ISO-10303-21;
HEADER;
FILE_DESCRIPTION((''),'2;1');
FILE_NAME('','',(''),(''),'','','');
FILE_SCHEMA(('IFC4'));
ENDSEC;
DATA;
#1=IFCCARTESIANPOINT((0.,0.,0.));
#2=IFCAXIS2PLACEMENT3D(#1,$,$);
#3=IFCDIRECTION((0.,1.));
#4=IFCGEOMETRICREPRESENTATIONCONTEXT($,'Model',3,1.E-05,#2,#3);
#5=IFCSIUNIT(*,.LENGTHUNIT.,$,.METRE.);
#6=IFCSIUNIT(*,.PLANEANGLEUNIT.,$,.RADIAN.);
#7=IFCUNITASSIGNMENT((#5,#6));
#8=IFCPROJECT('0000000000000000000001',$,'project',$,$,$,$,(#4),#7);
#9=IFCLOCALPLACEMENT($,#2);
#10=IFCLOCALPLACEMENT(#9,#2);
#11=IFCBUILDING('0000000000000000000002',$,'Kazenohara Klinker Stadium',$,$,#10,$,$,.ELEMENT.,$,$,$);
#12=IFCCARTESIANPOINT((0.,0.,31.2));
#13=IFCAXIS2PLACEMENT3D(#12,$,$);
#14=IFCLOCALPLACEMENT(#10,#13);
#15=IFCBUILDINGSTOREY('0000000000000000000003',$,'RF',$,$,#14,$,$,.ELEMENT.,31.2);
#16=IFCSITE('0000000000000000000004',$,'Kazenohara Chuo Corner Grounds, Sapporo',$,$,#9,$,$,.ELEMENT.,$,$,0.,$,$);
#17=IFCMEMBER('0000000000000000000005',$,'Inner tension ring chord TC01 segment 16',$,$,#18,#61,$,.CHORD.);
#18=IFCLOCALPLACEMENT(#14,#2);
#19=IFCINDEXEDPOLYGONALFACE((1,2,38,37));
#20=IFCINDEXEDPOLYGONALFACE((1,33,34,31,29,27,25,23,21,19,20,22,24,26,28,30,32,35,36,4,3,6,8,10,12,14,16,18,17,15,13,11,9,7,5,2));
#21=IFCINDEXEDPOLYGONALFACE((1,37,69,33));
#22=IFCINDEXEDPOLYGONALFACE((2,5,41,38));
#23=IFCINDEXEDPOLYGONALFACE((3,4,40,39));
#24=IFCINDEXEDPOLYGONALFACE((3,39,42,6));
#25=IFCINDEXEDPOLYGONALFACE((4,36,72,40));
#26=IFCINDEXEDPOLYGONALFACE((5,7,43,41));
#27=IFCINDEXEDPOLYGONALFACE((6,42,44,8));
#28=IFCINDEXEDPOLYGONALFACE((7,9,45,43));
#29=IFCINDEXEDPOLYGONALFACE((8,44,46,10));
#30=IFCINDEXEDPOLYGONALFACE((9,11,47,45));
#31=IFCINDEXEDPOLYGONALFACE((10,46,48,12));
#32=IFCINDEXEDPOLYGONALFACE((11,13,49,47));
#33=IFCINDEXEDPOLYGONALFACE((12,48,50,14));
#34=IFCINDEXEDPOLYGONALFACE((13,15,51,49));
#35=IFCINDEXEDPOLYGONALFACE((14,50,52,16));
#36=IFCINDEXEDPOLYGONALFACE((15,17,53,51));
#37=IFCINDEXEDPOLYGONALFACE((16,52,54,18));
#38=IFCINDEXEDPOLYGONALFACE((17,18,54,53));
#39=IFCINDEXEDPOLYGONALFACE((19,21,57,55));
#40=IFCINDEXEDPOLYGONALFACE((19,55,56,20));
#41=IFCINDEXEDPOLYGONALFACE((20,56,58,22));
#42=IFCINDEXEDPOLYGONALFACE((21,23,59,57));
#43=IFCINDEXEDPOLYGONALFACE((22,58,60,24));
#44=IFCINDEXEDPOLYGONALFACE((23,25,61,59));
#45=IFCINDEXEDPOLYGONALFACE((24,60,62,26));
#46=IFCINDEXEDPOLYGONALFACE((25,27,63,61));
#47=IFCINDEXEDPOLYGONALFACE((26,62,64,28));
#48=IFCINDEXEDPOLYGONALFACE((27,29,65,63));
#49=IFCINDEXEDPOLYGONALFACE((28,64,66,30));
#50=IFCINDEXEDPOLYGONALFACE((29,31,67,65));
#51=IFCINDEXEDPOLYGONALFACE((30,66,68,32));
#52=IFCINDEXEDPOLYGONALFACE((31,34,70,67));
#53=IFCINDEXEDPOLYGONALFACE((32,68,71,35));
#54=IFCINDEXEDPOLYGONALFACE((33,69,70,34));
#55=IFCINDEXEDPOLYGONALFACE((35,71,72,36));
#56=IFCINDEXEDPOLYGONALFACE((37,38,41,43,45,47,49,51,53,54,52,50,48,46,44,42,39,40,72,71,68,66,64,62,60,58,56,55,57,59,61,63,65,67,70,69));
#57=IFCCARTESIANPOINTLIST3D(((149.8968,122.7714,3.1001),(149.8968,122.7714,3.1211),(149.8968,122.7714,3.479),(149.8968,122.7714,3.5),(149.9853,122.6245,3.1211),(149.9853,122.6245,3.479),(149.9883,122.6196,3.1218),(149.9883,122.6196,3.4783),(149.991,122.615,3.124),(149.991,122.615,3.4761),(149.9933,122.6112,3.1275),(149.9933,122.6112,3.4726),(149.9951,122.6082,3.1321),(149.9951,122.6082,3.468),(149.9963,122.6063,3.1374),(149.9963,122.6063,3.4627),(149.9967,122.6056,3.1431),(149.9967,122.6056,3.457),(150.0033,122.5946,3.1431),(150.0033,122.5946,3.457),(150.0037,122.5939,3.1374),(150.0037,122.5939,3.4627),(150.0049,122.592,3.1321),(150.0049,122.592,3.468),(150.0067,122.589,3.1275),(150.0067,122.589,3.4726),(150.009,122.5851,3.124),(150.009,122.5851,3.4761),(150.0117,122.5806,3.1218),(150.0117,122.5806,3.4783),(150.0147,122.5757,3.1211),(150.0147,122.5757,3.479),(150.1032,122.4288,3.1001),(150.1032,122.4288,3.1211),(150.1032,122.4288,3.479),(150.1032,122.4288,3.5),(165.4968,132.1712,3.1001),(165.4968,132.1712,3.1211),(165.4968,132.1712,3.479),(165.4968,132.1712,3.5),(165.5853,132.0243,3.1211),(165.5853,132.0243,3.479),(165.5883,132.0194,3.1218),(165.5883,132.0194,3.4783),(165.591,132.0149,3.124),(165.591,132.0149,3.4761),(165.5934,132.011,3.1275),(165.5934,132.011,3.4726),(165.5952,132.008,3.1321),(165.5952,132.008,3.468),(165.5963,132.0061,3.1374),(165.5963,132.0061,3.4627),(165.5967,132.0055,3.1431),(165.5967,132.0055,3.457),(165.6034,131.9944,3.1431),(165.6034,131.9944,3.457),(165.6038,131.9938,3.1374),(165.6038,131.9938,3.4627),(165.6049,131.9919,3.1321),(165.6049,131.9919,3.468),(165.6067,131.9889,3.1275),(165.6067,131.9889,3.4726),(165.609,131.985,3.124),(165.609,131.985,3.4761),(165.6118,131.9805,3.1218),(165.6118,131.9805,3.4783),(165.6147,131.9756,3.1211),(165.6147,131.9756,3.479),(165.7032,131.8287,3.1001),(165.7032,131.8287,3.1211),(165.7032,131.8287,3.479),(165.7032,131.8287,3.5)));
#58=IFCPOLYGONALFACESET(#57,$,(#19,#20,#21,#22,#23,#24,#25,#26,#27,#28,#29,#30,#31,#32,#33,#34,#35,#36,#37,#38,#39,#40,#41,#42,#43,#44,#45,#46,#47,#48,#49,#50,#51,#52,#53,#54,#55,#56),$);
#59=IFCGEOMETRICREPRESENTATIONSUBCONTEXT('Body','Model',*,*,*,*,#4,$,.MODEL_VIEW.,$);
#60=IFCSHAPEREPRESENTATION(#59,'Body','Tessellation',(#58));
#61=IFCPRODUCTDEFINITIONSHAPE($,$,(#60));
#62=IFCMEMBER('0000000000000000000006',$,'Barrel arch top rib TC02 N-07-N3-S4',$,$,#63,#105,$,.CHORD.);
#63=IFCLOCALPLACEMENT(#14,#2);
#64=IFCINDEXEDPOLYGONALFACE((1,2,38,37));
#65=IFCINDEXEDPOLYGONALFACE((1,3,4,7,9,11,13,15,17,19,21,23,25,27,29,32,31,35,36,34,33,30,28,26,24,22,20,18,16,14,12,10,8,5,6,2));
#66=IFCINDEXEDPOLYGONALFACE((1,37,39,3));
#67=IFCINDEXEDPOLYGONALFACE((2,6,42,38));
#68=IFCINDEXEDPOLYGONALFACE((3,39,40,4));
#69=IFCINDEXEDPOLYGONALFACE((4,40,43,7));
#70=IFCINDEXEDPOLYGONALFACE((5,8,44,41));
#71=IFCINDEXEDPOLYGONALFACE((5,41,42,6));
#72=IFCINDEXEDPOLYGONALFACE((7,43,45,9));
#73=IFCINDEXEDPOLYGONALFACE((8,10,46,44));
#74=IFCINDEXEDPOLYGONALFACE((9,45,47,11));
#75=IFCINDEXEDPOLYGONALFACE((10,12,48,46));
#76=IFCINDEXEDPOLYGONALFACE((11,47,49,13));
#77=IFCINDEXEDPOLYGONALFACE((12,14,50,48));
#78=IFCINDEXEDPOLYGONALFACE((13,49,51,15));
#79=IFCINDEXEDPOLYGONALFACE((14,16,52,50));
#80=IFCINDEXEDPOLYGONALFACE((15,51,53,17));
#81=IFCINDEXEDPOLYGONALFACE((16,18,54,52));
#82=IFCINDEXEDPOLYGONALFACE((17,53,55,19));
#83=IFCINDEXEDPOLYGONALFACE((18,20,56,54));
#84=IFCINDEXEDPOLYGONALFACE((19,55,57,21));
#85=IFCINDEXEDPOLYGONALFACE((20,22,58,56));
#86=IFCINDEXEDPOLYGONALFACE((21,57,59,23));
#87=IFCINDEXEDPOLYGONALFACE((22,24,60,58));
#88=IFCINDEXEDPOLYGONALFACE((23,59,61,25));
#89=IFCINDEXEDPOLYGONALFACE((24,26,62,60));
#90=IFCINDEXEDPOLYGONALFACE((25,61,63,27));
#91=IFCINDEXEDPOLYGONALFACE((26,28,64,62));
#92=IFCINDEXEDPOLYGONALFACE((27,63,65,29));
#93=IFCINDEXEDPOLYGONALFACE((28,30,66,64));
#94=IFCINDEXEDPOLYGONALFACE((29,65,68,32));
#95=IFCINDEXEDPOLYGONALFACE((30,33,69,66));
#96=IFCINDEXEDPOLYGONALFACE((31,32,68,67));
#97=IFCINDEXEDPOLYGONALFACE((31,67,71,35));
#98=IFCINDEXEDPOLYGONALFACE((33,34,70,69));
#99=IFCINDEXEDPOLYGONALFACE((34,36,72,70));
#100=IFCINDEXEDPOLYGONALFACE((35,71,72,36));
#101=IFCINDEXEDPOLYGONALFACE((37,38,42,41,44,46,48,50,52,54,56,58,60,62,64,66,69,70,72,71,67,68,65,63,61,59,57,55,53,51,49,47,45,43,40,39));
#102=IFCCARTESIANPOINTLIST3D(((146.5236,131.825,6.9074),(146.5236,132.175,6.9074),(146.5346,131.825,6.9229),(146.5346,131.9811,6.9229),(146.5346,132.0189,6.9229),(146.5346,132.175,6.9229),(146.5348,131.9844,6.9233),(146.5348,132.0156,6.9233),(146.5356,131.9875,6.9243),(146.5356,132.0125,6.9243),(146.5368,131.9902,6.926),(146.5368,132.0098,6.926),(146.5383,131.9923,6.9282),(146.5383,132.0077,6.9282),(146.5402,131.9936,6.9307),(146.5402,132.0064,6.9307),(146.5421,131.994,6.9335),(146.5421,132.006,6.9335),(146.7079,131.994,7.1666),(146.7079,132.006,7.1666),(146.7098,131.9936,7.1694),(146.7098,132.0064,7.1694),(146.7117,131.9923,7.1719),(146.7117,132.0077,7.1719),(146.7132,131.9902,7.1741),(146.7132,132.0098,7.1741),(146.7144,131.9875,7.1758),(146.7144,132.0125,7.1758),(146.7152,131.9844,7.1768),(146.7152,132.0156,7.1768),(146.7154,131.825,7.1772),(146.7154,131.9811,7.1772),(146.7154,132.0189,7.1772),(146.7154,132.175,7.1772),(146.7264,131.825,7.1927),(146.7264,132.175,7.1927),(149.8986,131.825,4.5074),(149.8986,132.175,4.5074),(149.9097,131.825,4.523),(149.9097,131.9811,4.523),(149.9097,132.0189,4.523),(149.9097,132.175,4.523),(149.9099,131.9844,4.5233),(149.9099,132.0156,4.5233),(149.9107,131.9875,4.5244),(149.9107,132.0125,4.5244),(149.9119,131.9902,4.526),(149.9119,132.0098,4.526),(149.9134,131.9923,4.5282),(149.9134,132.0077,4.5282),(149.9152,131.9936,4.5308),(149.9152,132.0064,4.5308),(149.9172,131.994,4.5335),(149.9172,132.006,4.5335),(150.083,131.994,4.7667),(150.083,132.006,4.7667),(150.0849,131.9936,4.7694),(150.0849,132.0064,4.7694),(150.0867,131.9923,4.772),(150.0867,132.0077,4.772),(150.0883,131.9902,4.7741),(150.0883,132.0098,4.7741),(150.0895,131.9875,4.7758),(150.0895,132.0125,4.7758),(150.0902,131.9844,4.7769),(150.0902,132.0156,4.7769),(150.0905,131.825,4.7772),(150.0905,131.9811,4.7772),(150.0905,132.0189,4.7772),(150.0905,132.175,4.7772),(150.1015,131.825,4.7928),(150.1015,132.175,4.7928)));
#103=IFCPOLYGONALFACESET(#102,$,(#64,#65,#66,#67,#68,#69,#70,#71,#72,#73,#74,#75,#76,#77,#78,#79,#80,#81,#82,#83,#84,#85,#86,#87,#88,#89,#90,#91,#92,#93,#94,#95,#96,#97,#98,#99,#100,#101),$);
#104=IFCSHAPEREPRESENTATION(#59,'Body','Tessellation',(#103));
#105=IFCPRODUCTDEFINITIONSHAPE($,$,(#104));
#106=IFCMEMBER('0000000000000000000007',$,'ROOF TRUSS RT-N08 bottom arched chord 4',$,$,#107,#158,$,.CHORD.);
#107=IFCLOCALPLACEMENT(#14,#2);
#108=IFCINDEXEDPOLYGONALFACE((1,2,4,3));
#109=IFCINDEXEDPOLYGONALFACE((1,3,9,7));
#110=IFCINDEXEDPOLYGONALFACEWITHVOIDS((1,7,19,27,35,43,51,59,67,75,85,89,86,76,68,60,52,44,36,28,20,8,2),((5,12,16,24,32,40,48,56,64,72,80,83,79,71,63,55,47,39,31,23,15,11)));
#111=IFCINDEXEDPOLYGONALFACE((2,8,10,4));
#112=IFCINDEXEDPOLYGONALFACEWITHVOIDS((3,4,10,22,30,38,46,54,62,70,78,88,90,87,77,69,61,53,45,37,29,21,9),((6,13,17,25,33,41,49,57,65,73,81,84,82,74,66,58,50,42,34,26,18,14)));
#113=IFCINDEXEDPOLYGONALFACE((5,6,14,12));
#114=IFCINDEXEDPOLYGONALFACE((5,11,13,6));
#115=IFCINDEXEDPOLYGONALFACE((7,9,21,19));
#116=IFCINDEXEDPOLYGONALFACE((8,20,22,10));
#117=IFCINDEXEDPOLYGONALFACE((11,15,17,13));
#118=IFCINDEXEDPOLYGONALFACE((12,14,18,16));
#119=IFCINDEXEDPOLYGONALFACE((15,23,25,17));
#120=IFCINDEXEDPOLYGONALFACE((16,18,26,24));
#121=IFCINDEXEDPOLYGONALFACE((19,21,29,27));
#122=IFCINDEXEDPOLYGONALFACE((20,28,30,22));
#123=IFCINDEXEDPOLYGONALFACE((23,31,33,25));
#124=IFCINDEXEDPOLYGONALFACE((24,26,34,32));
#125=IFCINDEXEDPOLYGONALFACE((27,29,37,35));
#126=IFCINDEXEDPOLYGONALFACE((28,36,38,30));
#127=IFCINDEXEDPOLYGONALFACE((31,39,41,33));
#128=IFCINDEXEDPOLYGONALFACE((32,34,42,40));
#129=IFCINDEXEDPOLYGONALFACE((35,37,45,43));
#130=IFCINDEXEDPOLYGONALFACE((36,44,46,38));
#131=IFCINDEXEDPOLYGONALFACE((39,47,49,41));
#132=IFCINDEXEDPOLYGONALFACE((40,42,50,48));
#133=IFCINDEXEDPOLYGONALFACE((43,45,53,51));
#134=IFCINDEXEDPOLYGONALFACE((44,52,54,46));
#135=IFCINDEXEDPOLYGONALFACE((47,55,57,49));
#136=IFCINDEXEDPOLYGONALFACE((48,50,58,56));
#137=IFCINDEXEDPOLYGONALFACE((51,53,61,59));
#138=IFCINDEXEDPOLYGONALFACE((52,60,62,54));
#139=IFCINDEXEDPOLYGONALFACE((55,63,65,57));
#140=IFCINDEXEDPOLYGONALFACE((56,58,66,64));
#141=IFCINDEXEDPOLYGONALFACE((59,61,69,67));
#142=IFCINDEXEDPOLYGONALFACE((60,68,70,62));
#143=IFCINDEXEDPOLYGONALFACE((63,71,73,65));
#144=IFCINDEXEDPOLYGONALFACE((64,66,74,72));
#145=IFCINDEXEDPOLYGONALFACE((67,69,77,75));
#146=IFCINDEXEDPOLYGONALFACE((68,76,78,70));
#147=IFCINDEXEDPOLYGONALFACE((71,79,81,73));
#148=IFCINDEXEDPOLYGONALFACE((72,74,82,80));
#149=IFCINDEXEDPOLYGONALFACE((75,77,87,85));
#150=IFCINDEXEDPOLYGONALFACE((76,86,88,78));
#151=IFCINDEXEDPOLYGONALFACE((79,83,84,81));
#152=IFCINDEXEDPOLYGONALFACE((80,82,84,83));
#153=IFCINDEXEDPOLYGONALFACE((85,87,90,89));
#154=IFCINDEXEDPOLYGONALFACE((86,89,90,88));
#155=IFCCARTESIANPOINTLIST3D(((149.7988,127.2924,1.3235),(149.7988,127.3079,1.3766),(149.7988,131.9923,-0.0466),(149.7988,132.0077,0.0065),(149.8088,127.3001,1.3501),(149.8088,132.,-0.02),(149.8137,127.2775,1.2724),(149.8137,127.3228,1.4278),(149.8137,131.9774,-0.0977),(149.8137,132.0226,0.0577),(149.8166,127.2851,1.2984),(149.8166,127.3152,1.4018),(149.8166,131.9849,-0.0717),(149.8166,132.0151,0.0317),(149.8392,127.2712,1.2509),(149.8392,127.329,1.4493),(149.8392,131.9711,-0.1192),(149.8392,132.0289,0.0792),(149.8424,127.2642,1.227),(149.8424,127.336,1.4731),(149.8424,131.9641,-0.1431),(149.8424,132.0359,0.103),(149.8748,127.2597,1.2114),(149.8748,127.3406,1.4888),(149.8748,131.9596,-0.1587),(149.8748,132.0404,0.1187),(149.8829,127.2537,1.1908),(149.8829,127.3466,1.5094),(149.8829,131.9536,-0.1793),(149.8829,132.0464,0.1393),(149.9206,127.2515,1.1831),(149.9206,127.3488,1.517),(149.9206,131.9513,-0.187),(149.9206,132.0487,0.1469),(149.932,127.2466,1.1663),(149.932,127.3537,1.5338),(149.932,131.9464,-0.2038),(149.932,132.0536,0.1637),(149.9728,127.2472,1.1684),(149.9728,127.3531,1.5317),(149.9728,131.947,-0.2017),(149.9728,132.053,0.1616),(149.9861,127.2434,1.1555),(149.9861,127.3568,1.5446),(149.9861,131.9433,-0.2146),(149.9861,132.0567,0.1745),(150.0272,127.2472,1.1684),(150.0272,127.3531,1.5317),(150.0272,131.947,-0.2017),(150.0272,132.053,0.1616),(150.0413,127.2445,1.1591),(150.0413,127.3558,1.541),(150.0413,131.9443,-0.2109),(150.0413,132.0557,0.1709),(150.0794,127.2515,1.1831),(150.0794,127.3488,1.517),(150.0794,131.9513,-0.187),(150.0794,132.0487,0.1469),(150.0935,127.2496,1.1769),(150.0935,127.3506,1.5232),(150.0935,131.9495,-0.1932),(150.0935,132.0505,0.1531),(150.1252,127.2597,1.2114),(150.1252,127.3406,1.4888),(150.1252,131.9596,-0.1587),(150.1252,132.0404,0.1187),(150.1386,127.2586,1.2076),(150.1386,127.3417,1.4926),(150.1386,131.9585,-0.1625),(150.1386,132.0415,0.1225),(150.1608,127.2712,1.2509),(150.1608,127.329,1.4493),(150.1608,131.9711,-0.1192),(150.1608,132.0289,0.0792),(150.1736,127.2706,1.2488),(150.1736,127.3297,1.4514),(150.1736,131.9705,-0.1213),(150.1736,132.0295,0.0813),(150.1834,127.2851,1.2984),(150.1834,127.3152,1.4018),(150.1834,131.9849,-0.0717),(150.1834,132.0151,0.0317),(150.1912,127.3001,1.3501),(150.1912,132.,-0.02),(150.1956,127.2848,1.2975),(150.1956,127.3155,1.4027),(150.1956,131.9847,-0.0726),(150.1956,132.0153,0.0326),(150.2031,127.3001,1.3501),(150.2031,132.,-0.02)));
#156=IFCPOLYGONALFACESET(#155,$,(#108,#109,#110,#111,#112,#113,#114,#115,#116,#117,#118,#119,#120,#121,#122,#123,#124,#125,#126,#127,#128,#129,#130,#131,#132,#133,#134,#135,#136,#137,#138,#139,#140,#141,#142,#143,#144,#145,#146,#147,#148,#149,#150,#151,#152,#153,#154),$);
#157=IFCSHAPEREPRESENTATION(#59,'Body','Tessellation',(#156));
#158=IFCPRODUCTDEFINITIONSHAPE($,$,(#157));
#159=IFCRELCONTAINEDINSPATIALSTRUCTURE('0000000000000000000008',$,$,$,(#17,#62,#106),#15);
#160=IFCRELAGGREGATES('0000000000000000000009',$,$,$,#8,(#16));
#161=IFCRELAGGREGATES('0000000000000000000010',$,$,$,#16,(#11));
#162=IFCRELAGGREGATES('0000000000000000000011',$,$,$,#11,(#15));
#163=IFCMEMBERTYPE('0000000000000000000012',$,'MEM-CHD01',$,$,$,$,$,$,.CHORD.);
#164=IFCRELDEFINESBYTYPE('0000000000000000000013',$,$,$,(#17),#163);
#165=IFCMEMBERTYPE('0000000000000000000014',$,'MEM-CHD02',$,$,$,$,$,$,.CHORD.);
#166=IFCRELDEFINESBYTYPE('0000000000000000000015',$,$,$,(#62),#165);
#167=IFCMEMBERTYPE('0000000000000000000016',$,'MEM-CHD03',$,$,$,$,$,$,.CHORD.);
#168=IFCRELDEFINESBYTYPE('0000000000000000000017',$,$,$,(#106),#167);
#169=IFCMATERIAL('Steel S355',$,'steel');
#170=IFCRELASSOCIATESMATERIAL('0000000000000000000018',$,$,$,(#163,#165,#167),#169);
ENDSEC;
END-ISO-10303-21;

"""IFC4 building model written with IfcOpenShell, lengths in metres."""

from ifc_helpers import new_model, si_unit, direction, frame, origin, origin_2d, place, context, subcontext, project, spatial, hollow_circle, i_section, extrude, material, material_profile, profile_set, type_object, element, save


model = new_model("IFC4")

# Units and contexts
model_context = context("Model", 3, precision=1e-05, world=origin(), true_north=direction((0.0, 1.0)))
body_context = subcontext(model_context, "Body", "Model", "MODEL_VIEW")
ifc_project = project(units=[si_unit("LENGTHUNIT", "METRE"), si_unit("PLANEANGLEUNIT", "RADIAN")], contexts=[model_context])

# Site, building, storey
site_placement = place(None, origin())
site = spatial("IfcSite", under=ifc_project, at=site_placement, Name="Kazenohara Chuo Corner Grounds, Sapporo", CompositionType="ELEMENT", RefElevation=0.0)
building_placement = place(site_placement, origin())
building = spatial("IfcBuilding", under=site, at=building_placement, Name="Kazenohara Klinker Stadium", CompositionType="ELEMENT")
storey_placement = place(building_placement, frame((0.0, 0.0, 31.2)))
storey = spatial("IfcBuildingStorey", under=building, at=storey_placement, Name="RF", CompositionType="ELEMENT", Elevation=31.2)

# Members
ifc_material_1 = material(Name="Steel S355", Category="steel")
ifc_material_profile_1 = material_profile(ifc_material_1, i_section(OverallWidth=0.3999, OverallDepth=0.3999, WebThickness=0.0129, FlangeThickness=0.021, FilletRadius=0.022, at=origin_2d()), Name="H-400x400x13x21")
ifc_profile_set_1 = profile_set([ifc_material_profile_1], Name="Steel S355")
member_type_1 = type_object("IfcMemberType", Name="MEM-CHD01", PredefinedType="CHORD", material=ifc_profile_set_1)
member_1_placement = place(storey_placement, frame((150.0, 122.6001, 3.3), z_axis=(0.856526, 0.516103, 0.0), x_axis=(-0.516103, 0.856526, 0.0)))
element("IfcMember", 1, at=member_1_placement, inside=storey, type_object=member_type_1, Name="Inner tension ring chord TC01 segment 16", PredefinedType="CHORD", context=body_context, shape_type="SweptSolid", body=[
    extrude(i_section(OverallWidth=0.3999, OverallDepth=0.3999, WebThickness=0.0129, FlangeThickness=0.021, FilletRadius=0.022, at=origin_2d()), origin(), (0.0, 0.0, 1.0), 18.2131),
])
ifc_material_profile_2 = material_profile(ifc_material_1, i_section(OverallWidth=0.3501, OverallDepth=0.3501, WebThickness=0.012, FlangeThickness=0.019, FilletRadius=0.0129, at=origin_2d()), Name="H-350x350x12x19")
ifc_profile_set_2 = profile_set([ifc_material_profile_2], Name="Steel S355")
member_type_2 = type_object("IfcMemberType", Name="MEM-CHD02", PredefinedType="CHORD", material=ifc_profile_set_2)
member_2_placement = place(storey_placement, frame((146.625, 132.0, 7.05), z_axis=(0.814966, 0.0, -0.579508), x_axis=(0.0, 1.0, 0.0)))
element("IfcMember", 2, at=member_2_placement, inside=storey, type_object=member_type_2, Name="Barrel arch top rib TC02 N-07-N3-S4", PredefinedType="CHORD", context=body_context, shape_type="SweptSolid", body=[
    extrude(i_section(OverallWidth=0.3501, OverallDepth=0.3501, WebThickness=0.012, FlangeThickness=0.019, FilletRadius=0.0129, at=origin_2d()), origin(), (0.0, 0.0, 1.0), 4.1414),
])
ifc_material_profile_3 = material_profile(ifc_material_1, hollow_circle(Radius=0.2031, WallThickness=0.012, at=origin_2d()), Name="CHS-406.4x12")
ifc_profile_set_3 = profile_set([ifc_material_profile_3], Name="Steel S355")
member_type_3 = type_object("IfcMemberType", Name="MEM-CHD03", PredefinedType="CHORD", material=ifc_profile_set_3)
member_3_placement = place(storey_placement, frame((150.0, 132.0, -0.02), z_axis=(0.0, -0.960039, 0.279868), x_axis=(1.0, 0.0, 0.0)))
element("IfcMember", 3, at=member_3_placement, inside=storey, type_object=member_type_3, Name="ROOF TRUSS RT-N08 bottom arched chord 4", PredefinedType="CHORD", context=body_context, shape_type="SweptSolid", body=[
    extrude(hollow_circle(Radius=0.2031, WallThickness=0.012, at=origin_2d()), origin(), (0.0, 0.0, 1.0), 4.8955),
])

save(model, "model.ifc")
